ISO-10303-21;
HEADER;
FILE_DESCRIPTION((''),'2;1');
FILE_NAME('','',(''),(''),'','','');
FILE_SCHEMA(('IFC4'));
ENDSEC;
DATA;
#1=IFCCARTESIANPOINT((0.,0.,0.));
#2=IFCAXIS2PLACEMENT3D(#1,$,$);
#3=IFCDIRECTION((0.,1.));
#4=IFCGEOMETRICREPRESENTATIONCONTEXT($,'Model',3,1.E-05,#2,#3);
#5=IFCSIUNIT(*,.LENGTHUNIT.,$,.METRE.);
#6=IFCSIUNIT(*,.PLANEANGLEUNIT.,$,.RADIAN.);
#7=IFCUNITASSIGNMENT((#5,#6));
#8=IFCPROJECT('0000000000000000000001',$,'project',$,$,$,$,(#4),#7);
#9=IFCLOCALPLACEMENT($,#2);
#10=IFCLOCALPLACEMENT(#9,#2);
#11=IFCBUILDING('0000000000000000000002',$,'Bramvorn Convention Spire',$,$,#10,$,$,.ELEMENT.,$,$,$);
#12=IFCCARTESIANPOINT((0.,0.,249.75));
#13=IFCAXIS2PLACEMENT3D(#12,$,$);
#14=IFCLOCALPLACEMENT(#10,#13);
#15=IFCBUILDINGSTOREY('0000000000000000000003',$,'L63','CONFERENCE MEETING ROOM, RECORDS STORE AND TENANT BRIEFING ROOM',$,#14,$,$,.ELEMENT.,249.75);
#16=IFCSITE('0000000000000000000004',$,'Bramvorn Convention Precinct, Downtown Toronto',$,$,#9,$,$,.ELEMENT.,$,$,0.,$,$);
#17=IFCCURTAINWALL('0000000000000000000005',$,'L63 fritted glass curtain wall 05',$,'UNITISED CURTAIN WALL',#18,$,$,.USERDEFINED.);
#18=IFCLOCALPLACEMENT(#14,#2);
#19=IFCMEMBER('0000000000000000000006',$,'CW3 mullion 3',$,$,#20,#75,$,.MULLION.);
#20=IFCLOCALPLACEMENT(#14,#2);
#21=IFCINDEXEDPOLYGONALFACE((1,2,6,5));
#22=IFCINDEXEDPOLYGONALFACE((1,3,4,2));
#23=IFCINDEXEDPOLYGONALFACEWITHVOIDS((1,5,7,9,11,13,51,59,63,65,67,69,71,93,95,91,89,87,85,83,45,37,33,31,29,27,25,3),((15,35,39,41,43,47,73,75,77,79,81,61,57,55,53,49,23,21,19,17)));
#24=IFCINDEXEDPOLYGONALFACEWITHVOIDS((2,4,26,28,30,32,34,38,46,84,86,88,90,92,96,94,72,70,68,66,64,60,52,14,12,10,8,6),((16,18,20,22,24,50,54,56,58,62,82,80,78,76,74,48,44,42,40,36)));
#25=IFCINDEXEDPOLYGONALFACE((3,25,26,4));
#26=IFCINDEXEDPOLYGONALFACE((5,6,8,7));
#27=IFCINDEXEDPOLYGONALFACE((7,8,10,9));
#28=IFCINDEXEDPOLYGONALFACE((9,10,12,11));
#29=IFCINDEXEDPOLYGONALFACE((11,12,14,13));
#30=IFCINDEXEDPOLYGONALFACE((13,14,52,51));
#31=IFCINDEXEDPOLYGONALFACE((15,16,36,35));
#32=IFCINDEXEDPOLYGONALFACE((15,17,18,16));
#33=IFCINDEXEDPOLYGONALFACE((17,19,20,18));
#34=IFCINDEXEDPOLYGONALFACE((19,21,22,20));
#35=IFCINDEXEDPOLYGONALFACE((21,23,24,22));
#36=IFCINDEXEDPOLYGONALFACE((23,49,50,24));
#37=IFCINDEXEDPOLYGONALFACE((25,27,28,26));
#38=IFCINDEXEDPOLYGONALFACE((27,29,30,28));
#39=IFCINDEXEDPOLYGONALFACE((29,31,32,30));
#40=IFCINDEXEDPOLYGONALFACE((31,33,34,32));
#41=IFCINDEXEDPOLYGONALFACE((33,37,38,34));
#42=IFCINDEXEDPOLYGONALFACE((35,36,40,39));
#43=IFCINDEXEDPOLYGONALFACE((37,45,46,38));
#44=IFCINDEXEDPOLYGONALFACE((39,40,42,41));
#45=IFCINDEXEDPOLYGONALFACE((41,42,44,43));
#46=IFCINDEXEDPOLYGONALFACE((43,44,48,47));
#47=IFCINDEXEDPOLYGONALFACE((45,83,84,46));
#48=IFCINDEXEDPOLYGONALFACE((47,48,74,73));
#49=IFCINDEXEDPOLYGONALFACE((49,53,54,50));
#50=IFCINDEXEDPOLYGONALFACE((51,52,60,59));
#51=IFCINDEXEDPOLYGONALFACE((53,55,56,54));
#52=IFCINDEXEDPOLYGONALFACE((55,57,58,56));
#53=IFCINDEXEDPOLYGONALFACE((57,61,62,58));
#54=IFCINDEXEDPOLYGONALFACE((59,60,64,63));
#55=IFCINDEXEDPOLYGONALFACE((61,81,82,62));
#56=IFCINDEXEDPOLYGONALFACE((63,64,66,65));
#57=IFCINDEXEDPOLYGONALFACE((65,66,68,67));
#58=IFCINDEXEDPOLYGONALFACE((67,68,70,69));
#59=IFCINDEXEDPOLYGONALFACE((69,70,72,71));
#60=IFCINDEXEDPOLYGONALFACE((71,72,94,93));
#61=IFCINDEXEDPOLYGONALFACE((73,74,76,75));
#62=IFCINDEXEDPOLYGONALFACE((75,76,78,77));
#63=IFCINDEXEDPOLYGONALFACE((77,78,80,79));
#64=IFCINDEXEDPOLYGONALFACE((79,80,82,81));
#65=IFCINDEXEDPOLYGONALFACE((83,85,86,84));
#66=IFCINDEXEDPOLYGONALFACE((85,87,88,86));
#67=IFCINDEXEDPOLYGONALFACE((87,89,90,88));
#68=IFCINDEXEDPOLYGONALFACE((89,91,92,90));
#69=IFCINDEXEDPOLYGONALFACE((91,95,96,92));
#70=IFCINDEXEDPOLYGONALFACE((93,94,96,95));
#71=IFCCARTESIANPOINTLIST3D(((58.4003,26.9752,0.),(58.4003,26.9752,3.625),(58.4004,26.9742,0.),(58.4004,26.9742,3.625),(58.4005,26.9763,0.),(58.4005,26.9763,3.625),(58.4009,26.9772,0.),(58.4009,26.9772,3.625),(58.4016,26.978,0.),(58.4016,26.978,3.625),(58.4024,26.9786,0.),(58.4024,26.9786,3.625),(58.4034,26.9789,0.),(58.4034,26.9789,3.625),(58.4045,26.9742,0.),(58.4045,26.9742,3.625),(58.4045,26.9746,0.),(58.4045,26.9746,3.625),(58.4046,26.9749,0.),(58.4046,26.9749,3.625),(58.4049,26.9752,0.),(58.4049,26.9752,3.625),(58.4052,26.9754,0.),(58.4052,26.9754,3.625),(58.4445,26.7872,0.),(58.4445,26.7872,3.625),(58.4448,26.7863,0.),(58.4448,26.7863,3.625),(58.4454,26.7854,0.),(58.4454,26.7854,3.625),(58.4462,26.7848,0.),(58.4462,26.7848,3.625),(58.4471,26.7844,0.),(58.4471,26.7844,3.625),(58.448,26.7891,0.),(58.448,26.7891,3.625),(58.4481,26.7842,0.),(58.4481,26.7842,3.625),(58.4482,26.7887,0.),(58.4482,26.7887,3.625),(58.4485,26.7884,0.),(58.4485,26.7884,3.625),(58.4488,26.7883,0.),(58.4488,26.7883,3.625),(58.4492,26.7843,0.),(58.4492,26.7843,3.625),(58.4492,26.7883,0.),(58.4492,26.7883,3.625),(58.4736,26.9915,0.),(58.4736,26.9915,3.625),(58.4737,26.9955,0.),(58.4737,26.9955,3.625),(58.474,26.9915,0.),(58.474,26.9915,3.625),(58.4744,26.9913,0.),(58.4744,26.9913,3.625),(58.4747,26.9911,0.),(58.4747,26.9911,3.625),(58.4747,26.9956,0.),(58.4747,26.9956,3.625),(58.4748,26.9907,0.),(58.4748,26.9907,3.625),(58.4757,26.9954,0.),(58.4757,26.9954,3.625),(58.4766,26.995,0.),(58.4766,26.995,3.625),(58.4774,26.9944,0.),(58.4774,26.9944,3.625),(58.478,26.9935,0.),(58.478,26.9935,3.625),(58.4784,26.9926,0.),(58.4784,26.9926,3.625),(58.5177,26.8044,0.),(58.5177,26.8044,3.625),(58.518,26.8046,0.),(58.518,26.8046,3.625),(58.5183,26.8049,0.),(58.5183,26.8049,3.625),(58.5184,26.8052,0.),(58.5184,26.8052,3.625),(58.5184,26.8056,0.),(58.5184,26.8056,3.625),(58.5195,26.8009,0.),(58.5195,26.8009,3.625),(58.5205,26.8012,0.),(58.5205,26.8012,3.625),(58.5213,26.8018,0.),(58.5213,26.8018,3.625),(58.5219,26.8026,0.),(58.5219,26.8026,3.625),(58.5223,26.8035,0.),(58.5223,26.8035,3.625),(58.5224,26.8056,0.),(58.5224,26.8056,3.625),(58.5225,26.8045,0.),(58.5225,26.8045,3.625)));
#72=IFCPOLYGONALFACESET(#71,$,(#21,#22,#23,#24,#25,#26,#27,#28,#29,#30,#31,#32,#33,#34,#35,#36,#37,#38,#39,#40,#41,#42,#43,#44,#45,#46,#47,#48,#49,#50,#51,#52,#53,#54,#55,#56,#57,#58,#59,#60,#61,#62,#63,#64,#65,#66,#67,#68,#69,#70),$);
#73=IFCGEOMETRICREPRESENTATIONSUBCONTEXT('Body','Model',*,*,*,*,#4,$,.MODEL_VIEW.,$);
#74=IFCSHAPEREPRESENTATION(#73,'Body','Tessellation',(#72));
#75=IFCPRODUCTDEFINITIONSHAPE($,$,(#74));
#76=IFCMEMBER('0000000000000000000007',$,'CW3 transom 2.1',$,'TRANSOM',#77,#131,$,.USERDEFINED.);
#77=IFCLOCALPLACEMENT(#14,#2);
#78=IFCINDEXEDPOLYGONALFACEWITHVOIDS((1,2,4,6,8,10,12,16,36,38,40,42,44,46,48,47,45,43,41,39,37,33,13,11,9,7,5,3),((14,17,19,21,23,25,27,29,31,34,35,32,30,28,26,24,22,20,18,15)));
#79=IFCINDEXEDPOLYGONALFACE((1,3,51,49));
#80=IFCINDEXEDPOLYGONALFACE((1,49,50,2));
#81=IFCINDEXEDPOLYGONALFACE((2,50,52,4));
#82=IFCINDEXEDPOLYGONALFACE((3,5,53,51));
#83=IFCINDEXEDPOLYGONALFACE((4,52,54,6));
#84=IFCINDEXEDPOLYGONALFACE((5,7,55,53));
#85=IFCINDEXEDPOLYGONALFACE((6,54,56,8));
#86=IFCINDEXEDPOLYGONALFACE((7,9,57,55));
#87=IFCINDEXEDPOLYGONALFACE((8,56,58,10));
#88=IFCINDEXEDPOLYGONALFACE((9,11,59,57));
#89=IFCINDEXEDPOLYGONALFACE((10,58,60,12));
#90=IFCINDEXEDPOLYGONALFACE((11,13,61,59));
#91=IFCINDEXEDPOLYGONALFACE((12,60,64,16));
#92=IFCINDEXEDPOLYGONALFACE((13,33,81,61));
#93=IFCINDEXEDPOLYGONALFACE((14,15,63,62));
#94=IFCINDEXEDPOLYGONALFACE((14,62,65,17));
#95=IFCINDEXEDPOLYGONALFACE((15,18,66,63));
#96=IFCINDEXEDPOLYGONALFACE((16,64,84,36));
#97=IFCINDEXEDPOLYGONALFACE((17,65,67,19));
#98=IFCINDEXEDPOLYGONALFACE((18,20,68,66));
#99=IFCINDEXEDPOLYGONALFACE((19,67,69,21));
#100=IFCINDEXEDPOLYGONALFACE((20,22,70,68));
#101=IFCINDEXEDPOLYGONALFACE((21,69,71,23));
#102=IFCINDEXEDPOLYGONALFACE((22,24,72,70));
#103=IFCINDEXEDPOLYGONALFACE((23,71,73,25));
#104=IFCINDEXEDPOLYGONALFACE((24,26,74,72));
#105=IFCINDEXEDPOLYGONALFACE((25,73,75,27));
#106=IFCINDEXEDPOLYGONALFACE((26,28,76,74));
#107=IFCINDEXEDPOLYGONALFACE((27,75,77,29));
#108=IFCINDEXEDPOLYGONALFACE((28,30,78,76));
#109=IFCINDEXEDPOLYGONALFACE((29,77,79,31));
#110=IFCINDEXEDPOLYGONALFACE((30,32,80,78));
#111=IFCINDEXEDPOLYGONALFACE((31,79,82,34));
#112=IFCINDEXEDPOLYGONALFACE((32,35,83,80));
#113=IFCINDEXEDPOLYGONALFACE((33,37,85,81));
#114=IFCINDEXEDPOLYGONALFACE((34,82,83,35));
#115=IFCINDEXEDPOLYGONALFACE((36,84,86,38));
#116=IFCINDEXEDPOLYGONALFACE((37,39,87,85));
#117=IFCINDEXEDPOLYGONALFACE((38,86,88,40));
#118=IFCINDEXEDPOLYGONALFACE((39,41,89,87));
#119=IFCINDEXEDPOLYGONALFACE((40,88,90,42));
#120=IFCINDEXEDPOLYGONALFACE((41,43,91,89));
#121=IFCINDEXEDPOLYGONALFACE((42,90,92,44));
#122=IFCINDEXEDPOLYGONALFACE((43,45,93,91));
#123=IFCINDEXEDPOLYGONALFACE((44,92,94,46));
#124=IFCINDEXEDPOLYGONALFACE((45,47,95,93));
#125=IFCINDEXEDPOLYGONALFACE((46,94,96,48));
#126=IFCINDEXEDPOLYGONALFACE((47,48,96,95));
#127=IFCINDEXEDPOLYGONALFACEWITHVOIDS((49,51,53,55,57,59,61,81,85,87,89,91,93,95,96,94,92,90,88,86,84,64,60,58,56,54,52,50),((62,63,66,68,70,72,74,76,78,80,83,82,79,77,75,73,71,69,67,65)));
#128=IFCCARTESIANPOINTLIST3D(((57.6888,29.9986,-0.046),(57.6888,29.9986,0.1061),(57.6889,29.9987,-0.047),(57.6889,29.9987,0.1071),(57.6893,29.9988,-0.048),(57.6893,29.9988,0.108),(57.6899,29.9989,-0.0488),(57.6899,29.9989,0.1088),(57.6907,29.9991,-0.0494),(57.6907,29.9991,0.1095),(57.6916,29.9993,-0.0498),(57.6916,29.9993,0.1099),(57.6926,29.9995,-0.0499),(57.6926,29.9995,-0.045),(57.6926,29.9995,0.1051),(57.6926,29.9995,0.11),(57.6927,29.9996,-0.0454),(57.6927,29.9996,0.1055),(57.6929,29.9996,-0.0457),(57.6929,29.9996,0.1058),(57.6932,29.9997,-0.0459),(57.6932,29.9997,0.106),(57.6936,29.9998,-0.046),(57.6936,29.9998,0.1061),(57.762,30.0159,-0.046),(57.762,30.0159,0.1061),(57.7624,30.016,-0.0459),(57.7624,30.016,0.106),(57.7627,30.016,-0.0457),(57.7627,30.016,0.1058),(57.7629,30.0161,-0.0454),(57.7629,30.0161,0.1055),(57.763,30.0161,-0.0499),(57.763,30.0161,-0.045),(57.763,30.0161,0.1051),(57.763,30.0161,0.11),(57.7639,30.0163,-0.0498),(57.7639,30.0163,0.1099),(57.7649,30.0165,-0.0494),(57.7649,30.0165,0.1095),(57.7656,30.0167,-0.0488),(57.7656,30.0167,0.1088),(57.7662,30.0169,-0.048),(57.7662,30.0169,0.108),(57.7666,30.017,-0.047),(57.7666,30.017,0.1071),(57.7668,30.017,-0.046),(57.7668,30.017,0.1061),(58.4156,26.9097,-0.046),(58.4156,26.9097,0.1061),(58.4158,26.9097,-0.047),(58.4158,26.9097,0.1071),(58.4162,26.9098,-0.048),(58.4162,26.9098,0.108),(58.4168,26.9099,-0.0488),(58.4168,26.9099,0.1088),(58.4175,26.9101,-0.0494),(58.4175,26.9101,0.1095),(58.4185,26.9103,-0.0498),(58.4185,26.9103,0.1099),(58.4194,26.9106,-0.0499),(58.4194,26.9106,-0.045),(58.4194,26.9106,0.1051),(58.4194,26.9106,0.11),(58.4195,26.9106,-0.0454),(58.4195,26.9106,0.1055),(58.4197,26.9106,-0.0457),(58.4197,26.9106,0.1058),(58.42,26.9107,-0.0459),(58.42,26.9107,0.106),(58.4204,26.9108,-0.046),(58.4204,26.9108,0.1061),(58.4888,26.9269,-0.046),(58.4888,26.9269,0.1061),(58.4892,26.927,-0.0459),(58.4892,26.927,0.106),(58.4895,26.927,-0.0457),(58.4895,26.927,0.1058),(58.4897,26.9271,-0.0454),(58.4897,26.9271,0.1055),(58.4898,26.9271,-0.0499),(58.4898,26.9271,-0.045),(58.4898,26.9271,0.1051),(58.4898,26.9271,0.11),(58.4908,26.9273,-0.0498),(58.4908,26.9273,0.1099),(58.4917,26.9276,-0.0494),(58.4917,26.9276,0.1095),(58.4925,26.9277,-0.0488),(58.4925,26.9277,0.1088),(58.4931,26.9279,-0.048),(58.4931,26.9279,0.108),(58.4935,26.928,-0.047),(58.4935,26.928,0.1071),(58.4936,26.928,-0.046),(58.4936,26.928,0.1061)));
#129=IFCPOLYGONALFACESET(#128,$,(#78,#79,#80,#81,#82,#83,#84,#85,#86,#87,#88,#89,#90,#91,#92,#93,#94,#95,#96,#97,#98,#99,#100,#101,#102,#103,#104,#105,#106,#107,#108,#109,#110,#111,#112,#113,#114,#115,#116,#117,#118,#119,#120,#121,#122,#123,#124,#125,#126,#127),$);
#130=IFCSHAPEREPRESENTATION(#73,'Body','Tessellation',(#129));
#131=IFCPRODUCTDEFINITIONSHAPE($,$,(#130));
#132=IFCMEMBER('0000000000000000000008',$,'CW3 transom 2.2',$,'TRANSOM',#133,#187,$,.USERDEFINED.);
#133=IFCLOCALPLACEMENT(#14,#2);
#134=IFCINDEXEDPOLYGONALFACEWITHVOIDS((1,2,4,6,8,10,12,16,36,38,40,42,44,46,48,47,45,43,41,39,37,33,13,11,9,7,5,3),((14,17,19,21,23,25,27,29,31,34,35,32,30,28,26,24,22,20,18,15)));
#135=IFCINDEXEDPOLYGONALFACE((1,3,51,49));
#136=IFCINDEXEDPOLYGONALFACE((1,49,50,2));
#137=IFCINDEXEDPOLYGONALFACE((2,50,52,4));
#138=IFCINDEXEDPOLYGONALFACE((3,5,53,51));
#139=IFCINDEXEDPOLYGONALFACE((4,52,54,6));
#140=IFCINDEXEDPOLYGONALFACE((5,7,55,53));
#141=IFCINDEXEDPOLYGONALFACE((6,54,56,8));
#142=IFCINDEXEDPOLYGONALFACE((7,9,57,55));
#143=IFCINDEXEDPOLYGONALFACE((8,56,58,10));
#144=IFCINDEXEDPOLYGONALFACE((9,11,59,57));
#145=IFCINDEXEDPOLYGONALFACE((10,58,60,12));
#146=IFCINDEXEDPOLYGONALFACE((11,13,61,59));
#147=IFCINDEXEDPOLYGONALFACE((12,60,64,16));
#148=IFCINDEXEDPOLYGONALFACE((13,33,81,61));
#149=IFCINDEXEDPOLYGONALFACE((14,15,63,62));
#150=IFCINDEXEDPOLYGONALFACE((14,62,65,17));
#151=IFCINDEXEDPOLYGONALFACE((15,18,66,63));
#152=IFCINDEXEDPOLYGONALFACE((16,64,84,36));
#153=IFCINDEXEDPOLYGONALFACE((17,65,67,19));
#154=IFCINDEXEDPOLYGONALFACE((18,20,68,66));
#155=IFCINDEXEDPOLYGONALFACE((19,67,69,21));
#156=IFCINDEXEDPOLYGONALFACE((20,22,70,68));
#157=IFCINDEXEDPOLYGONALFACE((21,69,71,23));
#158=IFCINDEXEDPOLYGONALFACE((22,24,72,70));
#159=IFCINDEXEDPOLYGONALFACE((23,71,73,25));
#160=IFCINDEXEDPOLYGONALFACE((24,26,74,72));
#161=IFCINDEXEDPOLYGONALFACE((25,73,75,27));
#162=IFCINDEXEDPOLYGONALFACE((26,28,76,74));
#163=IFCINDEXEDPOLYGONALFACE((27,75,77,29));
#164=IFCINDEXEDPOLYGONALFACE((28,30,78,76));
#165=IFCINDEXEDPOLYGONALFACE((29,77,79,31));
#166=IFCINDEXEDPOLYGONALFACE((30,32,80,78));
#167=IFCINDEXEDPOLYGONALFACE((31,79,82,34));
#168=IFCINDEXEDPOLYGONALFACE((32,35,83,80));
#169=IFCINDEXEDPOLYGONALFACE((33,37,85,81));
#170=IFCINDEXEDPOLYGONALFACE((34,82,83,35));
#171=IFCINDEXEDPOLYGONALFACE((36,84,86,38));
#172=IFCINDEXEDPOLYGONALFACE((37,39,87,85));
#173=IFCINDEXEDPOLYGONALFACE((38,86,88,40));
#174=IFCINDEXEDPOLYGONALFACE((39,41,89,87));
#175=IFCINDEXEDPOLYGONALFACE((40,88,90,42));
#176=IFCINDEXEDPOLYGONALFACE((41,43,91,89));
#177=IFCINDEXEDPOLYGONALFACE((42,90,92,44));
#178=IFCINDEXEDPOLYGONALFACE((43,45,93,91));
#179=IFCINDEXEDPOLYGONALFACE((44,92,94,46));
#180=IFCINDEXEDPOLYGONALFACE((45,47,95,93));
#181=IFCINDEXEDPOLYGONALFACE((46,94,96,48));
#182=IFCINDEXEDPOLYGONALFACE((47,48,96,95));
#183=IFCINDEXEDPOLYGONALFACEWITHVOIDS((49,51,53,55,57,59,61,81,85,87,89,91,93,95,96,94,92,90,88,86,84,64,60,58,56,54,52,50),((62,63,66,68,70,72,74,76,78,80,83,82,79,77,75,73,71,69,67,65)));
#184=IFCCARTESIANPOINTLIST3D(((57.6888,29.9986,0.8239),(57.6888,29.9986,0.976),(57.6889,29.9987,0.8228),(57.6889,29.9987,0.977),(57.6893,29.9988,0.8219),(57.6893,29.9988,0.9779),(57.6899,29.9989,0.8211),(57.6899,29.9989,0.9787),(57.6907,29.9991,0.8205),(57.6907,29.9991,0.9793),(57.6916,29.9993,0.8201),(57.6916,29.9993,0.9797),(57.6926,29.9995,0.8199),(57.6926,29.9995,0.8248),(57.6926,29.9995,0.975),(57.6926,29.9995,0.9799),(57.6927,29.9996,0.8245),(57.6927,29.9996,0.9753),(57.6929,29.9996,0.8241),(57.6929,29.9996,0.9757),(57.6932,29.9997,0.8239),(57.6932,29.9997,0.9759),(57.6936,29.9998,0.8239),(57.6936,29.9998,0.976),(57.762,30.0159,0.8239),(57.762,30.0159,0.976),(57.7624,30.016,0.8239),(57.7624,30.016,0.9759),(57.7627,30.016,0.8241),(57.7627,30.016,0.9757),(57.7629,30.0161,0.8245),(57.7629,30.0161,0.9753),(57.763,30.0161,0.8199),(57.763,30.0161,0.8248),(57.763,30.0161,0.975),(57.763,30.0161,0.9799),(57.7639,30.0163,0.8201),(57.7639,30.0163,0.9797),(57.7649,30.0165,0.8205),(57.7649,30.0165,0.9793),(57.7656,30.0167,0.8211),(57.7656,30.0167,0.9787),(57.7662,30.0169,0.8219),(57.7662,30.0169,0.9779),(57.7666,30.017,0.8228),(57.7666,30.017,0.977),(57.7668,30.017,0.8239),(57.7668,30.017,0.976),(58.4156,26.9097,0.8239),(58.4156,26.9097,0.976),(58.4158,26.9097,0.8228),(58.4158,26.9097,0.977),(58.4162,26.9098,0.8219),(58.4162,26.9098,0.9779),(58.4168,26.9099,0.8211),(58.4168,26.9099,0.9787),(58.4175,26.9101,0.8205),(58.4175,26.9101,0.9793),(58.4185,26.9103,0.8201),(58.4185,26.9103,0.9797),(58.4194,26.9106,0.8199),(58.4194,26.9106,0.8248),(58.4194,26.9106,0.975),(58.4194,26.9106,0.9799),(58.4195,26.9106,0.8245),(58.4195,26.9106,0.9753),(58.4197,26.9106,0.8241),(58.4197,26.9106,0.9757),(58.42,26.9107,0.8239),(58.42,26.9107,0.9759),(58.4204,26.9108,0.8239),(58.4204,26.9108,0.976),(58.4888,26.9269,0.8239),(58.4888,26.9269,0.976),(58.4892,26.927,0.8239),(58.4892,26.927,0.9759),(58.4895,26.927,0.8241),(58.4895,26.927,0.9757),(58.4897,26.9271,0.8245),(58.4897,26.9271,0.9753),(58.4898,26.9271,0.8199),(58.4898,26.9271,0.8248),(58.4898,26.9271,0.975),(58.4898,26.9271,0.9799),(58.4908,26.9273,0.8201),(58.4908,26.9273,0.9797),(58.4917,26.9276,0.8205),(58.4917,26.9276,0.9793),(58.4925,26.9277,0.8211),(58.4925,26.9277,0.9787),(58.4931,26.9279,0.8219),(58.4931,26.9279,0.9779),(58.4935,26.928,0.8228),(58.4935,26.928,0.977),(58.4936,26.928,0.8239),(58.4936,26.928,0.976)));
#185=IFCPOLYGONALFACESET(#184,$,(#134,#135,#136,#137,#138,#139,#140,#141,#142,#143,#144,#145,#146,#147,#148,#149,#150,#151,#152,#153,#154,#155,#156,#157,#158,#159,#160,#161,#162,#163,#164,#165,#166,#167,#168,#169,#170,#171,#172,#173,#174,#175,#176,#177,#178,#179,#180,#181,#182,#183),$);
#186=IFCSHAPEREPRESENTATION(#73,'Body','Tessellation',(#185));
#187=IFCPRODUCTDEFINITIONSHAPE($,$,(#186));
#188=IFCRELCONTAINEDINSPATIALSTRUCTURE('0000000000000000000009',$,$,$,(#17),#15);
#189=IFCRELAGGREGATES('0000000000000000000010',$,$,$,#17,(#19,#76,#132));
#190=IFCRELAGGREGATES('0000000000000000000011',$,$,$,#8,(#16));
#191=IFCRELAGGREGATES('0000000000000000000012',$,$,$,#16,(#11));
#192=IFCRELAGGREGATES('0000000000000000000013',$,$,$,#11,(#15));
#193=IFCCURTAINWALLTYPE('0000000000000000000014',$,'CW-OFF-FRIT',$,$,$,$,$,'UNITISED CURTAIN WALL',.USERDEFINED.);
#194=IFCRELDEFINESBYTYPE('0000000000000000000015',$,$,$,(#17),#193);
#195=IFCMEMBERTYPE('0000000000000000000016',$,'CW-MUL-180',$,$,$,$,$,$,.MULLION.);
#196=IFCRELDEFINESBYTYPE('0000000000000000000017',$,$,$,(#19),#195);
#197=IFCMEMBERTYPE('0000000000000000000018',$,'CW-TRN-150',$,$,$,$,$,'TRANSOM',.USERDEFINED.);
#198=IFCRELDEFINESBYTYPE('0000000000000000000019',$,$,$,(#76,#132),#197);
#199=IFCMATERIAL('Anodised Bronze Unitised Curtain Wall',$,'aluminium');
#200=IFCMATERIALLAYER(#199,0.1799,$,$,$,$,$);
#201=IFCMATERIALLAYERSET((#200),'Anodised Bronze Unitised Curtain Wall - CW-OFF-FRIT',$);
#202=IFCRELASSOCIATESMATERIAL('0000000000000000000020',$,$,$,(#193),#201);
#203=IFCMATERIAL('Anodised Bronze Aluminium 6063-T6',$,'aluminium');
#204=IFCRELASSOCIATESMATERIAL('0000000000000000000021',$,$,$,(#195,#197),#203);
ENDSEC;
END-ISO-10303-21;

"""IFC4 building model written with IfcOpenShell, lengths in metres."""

from ifc_helpers import new_model, si_unit, direction, frame, origin, origin_2d, place, context, subcontext, project, spatial, hollow_rectangle, extrude, material, layer, layer_set, material_profile, profile_set, type_object, element, aggregate, save


model = new_model("IFC4")

# Units and contexts
model_context = context("Model", 3, precision=1e-05, world=origin(), true_north=direction((0.0, 1.0)))
body_context = subcontext(model_context, "Body", "Model", "MODEL_VIEW")
ifc_project = project(units=[si_unit("LENGTHUNIT", "METRE"), si_unit("PLANEANGLEUNIT", "RADIAN")], contexts=[model_context])

# Site, building, storey
site_placement = place(None, origin())
site = spatial("IfcSite", under=ifc_project, at=site_placement, Name="Bramvorn Convention Precinct, Downtown Toronto", CompositionType="ELEMENT", RefElevation=0.0)
building_placement = place(site_placement, origin())
building = spatial("IfcBuilding", under=site, at=building_placement, Name="Bramvorn Convention Spire", CompositionType="ELEMENT")
storey_placement = place(building_placement, frame((0.0, 0.0, 249.75)))
storey = spatial("IfcBuildingStorey", under=building, at=storey_placement, Name="L63", Description="CONFERENCE MEETING ROOM, RECORDS STORE AND TENANT BRIEFING ROOM", CompositionType="ELEMENT", Elevation=249.75)

# Curtain wall, members
ifc_material_1 = material(Name="Anodised Bronze Unitised Curtain Wall", Category="aluminium")
ifc_layer_1 = layer(ifc_material_1, 0.1799)
ifc_layer_set_1 = layer_set([ifc_layer_1], Name="Anodised Bronze Unitised Curtain Wall - CW-OFF-FRIT")
curtain_wall_type = type_object("IfcCurtainWallType", Name="CW-OFF-FRIT", ElementType="UNITISED CURTAIN WALL", PredefinedType="USERDEFINED", material=ifc_layer_set_1)
curtain_wall_placement = place(storey_placement, origin())
curtain_wall = element("IfcCurtainWall", 1, at=curtain_wall_placement, inside=storey, type_object=curtain_wall_type, Name="L63 fritted glass curtain wall 05", ObjectType="UNITISED CURTAIN WALL", PredefinedType="USERDEFINED")
ifc_material_2 = material(Name="Anodised Bronze Aluminium 6063-T6", Category="aluminium")
ifc_material_profile_1 = material_profile(ifc_material_2, hollow_rectangle(XDim=0.0801, YDim=0.2, WallThickness=0.0039, InnerFilletRadius=0.001, OuterFilletRadius=0.0039, at=origin_2d()))
ifc_profile_set_1 = profile_set([ifc_material_profile_1], Name="Anodised Bronze Aluminium 6063-T6 - CWM80X200")
member_type_1 = type_object("IfcMemberType", Name="CW-MUL-180", PredefinedType="MULLION", material=ifc_profile_set_1)
member_1_placement = place(storey_placement, frame((58.4614, 26.8899, 0.0), z_axis=(0.0, 0.0, 1.0), x_axis=(0.973408, 0.229079, 0.0)))
member_1 = element("IfcMember", 2, at=member_1_placement, type_object=member_type_1, Name="CW3 mullion 3", PredefinedType="MULLION", context=body_context, shape_type="SweptSolid", body=[
    extrude(hollow_rectangle(XDim=0.0801, YDim=0.2, WallThickness=0.0039, InnerFilletRadius=0.001, OuterFilletRadius=0.0039, at=origin_2d()), origin(), (0.0, 0.0, 1.0), 3.625),
])
ifc_material_profile_2 = material_profile(ifc_material_2, hollow_rectangle(XDim=0.0801, YDim=0.1599, WallThickness=0.0039, InnerFilletRadius=0.001, OuterFilletRadius=0.0039, at=origin_2d()))
ifc_profile_set_2 = profile_set([ifc_material_profile_2], Name="Anodised Bronze Aluminium 6063-T6 - CWT80X160")
member_type_2 = type_object("IfcMemberType", Name="CW-TRN-150", ElementType="TRANSOM", PredefinedType="USERDEFINED", material=ifc_profile_set_2)
member_2_placement = place(storey_placement, frame((57.7278, 30.0078, 0.03), z_axis=(0.229044, -0.973416, 0.0), x_axis=(0.973416, 0.229044, 0.0)))
member_2 = element("IfcMember", 3, at=member_2_placement, type_object=member_type_2, Name="CW3 transom 2.1", ObjectType="TRANSOM", PredefinedType="USERDEFINED", context=body_context, shape_type="SweptSolid", body=[
    extrude(hollow_rectangle(XDim=0.0801, YDim=0.1599, WallThickness=0.0039, InnerFilletRadius=0.001, OuterFilletRadius=0.0039, at=origin_2d()), origin(), (0.0, 0.0, 1.0), 3.1733),
])
member_3_placement = place(storey_placement, frame((57.7278, 30.0078, 0.8999), z_axis=(0.229044, -0.973416, 0.0), x_axis=(0.973416, 0.229044, 0.0)))
member_3 = element("IfcMember", 4, at=member_3_placement, type_object=member_type_2, Name="CW3 transom 2.2", ObjectType="TRANSOM", PredefinedType="USERDEFINED", context=body_context, shape_type="SweptSolid", body=[
    extrude(hollow_rectangle(XDim=0.0801, YDim=0.1599, WallThickness=0.0039, InnerFilletRadius=0.001, OuterFilletRadius=0.0039, at=origin_2d()), origin(), (0.0, 0.0, 1.0), 3.1733),
])
aggregate(curtain_wall, [member_1, member_2, member_3])

save(model, "model.ifc")
